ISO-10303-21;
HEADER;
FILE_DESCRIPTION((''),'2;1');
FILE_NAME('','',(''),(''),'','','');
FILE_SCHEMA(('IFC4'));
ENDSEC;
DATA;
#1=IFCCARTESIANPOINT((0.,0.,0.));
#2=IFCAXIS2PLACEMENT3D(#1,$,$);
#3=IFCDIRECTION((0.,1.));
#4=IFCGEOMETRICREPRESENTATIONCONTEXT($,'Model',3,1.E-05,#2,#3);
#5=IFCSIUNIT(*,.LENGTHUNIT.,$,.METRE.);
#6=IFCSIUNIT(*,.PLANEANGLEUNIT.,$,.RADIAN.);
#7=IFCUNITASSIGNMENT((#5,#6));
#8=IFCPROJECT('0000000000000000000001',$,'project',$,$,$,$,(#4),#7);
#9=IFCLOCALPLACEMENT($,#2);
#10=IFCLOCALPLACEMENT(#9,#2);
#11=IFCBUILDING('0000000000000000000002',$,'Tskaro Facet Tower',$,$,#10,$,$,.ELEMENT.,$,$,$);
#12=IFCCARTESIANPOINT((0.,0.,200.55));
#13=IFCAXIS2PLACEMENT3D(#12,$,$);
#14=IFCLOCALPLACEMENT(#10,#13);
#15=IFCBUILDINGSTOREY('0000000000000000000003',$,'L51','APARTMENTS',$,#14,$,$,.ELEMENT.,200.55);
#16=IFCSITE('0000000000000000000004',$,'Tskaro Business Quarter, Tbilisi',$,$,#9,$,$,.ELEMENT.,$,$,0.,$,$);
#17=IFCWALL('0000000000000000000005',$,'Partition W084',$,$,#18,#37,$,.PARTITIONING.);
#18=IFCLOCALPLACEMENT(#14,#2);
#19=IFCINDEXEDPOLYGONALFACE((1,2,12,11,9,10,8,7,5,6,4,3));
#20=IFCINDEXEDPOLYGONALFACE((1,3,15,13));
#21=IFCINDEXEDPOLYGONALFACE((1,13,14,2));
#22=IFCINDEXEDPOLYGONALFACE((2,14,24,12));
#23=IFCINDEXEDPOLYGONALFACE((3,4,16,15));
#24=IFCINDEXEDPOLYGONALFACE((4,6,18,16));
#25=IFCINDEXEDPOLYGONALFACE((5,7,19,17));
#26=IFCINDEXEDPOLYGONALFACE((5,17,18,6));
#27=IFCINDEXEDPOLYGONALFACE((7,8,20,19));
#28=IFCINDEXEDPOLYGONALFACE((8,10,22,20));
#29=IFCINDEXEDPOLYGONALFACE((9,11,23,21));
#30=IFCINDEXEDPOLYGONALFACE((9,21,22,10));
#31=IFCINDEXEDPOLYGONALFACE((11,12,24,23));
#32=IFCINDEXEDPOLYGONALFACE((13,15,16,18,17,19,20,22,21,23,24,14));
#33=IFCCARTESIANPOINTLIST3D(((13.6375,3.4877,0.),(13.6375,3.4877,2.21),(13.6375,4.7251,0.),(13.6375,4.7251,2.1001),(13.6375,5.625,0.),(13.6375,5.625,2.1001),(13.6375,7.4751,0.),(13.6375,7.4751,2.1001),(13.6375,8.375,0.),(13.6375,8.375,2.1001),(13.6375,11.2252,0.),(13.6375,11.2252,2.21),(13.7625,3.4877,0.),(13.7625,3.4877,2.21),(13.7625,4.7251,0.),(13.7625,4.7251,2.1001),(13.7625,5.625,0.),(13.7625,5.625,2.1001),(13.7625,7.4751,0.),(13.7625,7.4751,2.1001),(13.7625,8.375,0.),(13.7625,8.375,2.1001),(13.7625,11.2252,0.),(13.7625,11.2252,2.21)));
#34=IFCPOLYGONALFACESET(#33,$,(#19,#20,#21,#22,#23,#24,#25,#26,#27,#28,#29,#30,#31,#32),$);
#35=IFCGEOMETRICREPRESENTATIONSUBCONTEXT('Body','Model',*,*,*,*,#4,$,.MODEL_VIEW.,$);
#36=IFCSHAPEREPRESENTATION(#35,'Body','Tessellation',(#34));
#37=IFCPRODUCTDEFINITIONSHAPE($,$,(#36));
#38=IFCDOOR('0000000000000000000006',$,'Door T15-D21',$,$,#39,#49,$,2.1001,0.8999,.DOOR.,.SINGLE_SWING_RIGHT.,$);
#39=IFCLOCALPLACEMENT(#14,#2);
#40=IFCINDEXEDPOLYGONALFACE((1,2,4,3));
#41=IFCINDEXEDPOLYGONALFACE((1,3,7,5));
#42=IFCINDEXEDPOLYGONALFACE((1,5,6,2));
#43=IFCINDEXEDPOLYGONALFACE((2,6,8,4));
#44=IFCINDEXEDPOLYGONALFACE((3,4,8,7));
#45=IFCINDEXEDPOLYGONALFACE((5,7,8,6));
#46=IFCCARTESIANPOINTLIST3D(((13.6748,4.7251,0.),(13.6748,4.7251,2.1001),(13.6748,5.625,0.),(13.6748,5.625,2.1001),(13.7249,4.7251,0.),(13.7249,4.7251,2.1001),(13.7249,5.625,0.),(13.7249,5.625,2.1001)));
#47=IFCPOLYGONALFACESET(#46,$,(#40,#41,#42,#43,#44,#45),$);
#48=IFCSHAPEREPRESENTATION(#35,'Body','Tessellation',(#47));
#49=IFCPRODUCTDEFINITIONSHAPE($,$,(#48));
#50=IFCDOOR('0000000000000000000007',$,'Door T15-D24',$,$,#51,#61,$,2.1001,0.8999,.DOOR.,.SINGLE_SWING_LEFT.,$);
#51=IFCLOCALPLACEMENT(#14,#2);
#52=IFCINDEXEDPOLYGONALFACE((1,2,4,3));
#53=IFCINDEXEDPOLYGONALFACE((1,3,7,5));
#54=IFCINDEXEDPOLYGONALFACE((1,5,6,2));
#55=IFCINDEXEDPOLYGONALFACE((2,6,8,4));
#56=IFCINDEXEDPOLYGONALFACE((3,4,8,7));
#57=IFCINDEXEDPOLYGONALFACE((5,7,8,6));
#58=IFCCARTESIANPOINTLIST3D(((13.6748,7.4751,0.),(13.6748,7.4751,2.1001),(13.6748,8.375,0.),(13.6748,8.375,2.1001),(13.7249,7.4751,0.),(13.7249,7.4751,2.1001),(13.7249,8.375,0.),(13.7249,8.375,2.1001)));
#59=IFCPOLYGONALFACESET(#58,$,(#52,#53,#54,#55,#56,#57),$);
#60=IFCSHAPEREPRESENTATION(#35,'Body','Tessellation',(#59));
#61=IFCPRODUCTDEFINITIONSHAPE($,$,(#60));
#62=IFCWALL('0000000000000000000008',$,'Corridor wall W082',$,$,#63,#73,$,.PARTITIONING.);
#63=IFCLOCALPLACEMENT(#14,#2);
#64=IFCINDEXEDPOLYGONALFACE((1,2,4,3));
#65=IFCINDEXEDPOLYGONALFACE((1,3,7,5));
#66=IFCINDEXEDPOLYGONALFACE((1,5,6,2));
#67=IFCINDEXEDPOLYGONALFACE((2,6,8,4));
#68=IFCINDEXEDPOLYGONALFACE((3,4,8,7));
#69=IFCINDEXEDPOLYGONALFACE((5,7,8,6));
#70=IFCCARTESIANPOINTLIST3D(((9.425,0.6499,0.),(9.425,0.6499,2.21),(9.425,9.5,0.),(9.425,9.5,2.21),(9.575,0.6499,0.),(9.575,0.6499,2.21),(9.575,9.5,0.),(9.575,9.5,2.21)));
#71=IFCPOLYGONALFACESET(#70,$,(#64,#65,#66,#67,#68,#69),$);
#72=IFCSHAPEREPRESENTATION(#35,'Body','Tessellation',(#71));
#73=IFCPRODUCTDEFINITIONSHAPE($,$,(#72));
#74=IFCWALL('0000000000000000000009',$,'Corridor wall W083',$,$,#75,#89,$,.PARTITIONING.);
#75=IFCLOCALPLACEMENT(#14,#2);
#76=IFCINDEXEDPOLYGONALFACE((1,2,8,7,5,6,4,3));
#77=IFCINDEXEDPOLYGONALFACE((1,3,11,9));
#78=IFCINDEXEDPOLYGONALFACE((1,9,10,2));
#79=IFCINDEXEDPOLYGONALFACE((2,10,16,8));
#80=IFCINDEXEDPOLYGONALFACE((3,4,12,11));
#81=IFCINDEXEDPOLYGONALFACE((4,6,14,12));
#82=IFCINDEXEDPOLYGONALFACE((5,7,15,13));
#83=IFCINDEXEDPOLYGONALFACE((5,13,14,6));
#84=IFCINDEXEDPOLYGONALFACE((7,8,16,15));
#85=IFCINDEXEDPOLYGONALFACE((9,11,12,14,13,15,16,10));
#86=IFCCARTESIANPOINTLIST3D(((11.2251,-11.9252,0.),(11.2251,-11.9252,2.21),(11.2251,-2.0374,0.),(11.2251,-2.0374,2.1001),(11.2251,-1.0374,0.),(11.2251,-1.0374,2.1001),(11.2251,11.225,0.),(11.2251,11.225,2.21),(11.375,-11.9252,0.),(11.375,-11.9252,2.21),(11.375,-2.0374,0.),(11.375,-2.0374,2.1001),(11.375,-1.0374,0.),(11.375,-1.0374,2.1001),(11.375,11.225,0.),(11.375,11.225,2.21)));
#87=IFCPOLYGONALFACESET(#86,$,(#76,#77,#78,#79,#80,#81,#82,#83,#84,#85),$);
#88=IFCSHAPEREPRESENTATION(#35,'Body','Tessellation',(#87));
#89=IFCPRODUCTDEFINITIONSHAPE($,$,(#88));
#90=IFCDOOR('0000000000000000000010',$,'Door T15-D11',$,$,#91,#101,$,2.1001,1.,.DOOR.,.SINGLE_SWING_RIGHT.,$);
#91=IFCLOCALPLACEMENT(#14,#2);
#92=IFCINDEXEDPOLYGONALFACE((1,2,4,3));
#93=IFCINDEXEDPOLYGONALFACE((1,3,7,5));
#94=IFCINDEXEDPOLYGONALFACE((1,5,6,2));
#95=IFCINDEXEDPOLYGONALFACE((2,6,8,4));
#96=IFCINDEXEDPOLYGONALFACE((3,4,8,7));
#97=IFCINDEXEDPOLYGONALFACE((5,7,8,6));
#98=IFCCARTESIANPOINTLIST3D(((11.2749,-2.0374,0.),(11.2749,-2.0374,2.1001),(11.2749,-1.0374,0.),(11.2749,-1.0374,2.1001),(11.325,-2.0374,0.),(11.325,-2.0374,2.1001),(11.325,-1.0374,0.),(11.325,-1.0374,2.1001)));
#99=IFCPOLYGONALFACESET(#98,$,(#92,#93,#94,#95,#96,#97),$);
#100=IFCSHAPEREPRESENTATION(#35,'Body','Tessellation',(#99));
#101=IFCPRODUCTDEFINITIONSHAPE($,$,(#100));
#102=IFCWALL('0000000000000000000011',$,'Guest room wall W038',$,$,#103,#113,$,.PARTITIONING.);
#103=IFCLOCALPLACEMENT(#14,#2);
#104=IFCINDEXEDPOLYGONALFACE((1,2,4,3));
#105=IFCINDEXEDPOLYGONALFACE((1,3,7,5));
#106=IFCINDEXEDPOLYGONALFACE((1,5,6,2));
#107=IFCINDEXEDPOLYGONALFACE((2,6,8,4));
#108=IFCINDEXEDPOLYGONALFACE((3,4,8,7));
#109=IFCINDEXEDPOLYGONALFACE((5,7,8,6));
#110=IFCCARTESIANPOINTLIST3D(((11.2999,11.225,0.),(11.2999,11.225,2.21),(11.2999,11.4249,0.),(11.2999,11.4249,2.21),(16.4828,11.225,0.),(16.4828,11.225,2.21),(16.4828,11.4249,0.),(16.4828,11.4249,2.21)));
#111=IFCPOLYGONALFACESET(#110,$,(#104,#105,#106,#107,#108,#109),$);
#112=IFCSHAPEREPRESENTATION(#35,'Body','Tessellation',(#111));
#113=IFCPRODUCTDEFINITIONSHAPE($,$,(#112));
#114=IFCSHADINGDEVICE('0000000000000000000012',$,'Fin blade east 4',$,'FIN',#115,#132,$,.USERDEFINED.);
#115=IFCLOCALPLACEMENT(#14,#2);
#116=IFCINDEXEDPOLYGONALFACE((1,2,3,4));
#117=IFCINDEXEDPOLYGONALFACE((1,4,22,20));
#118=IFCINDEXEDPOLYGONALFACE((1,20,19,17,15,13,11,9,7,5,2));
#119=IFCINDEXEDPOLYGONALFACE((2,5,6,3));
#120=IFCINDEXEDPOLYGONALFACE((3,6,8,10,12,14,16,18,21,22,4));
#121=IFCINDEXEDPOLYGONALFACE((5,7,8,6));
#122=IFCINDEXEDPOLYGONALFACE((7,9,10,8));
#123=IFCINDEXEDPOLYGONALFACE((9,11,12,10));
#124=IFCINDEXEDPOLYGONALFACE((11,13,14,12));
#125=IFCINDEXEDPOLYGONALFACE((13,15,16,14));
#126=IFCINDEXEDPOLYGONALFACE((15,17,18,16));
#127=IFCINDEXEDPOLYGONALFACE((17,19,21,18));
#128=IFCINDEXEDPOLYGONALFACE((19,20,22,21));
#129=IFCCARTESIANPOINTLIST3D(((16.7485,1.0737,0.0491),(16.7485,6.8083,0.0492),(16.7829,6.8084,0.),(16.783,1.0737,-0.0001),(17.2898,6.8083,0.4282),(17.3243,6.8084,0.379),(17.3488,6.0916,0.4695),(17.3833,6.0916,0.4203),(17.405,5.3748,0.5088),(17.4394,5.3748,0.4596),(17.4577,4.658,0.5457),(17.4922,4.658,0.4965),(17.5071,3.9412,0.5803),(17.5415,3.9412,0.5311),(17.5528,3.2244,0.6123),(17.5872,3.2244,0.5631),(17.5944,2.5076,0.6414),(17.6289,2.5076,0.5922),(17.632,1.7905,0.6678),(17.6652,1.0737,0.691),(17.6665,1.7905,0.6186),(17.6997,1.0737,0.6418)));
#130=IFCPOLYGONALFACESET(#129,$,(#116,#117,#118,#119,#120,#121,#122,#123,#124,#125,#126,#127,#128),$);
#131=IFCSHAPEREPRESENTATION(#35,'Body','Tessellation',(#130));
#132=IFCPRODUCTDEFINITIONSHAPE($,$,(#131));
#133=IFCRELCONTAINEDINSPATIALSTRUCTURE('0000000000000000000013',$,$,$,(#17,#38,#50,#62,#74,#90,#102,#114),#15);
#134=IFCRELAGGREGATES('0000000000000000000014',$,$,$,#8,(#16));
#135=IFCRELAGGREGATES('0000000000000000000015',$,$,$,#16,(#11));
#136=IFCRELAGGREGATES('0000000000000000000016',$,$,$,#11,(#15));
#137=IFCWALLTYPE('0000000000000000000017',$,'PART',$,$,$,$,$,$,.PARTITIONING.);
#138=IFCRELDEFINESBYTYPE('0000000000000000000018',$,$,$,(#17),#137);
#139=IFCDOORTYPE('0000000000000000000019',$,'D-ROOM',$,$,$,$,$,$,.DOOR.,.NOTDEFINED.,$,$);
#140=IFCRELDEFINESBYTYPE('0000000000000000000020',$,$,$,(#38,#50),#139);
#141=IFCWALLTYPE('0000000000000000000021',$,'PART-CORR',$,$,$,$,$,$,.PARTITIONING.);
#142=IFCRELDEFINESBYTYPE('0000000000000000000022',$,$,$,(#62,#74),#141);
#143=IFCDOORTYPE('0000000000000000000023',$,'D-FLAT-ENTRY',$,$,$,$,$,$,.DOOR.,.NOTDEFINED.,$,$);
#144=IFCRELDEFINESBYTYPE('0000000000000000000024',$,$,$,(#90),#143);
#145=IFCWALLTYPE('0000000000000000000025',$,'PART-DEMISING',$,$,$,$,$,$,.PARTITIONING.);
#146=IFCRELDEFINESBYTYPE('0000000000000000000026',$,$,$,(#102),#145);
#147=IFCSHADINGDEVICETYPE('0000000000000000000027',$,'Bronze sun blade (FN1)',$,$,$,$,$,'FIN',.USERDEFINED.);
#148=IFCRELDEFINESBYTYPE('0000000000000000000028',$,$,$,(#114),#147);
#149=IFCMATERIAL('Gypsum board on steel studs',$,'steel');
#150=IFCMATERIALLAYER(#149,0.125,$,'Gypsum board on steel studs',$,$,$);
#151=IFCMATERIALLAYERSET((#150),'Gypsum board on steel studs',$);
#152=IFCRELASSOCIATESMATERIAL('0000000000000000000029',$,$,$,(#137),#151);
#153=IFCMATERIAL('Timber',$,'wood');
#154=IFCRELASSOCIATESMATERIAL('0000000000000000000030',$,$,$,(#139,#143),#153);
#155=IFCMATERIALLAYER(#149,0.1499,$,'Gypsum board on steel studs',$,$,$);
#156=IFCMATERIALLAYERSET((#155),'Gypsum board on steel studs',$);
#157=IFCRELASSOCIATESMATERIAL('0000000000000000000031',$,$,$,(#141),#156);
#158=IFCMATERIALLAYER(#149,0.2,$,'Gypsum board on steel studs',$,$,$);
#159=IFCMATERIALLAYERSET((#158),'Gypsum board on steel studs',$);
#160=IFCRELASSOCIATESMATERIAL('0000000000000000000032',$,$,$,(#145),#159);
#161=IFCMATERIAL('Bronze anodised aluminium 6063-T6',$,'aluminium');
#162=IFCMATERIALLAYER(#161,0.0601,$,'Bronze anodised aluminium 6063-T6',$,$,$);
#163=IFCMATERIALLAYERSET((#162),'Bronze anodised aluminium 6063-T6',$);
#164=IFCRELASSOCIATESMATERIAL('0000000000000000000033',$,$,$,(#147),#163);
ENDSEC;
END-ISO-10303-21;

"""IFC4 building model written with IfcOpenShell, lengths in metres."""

from ifc_helpers import new_model, si_unit, direction, frame, frame_2d, origin, place, context, subcontext, project, spatial, polyline, rectangle, outline, extrude, material, layer, layer_set, type_object, element, fill, save


model = new_model("IFC4")

# Units and contexts
model_context = context("Model", 3, precision=1e-05, world=origin(), true_north=direction((0.0, 1.0)))
body_context = subcontext(model_context, "Body", "Model", "MODEL_VIEW")
ifc_project = project(units=[si_unit("LENGTHUNIT", "METRE"), si_unit("PLANEANGLEUNIT", "RADIAN")], contexts=[model_context])

# Site, building, storey
site_placement = place(None, origin())
site = spatial("IfcSite", under=ifc_project, at=site_placement, Name="Tskaro Business Quarter, Tbilisi", CompositionType="ELEMENT", RefElevation=0.0)
building_placement = place(site_placement, origin())
building = spatial("IfcBuilding", under=site, at=building_placement, Name="Tskaro Facet Tower", CompositionType="ELEMENT")
storey_placement = place(building_placement, frame((0.0, 0.0, 200.55)))
storey = spatial("IfcBuildingStorey", under=building, at=storey_placement, Name="L51", Description="APARTMENTS", CompositionType="ELEMENT", Elevation=200.55)

# Shared definitions
ifc_material_1 = material(Name="Bronze anodised aluminium 6063-T6", Category="aluminium")

# Shared definitions
ifc_material_2 = material(Name="Gypsum board on steel studs", Category="steel")
ifc_layer_1 = layer(ifc_material_2, 0.125, Name="Gypsum board on steel studs")
ifc_layer_set_1 = layer_set([ifc_layer_1], Name="Gypsum board on steel studs")
wall_type_1 = type_object("IfcWallType", Name="PART", PredefinedType="PARTITIONING", material=ifc_layer_set_1)

# Shared definitions
ifc_material_3 = material(Name="Timber", Category="wood")
door_type_1 = type_object("IfcDoorType", Name="D-ROOM", OperationType="NOTDEFINED", PredefinedType="DOOR", material=ifc_material_3)

# Wall, openings, doors
wall_1_placement = place(storey_placement, frame((13.7, 11.2251, 0.0), z_axis=(0.0, 0.0, 1.0), x_axis=(0.0, -1.0, 0.0)))
wall_1 = element("IfcWall", 1, at=wall_1_placement, inside=storey, type_object=wall_type_1, Name="Partition W084", PredefinedType="PARTITIONING", context=body_context, shape_type="SweptSolid", body=[
    extrude(rectangle(XDim=7.7375, YDim=0.125, at=frame_2d((3.8687, 0.0))), origin(), (0.0, 0.0, 1.0), 2.21),
])
opening_1_placement = place(wall_1_placement, frame((5.6001, 0.0, 0.0)))
opening_1 = element("IfcOpeningElement", 2, at=opening_1_placement, cuts=wall_1, PredefinedType="OPENING", context=body_context, shape_type="SweptSolid", body=[
    extrude(rectangle(XDim=0.8999, YDim=2.1001, at=frame_2d((0.45, 1.05))), frame((0.0, 0.0725, 0.0), z_axis=(0.0, -1.0, 0.0), x_axis=(1.0, 0.0, 0.0)), (0.0, 0.0, 1.0), 0.145),
])
opening_2_placement = place(wall_1_placement, frame((2.8501, 0.0, 0.0)))
opening_2 = element("IfcOpeningElement", 3, at=opening_2_placement, cuts=wall_1, PredefinedType="OPENING", context=body_context, shape_type="SweptSolid", body=[
    extrude(rectangle(XDim=0.8999, YDim=2.1001, at=frame_2d((0.45, 1.05))), frame((0.0, 0.0725, 0.0), z_axis=(0.0, -1.0, 0.0), x_axis=(1.0, 0.0, 0.0)), (0.0, 0.0, 1.0), 0.145),
])
door_1_placement = place(opening_1_placement, origin())
door_1 = element("IfcDoor", 4, at=door_1_placement, inside=storey, type_object=door_type_1, Name="Door T15-D21", OperationType="SINGLE_SWING_RIGHT", OverallHeight=2.1001, OverallWidth=0.8999, PredefinedType="DOOR", context=body_context, shape_type="SweptSolid", body=[
    extrude(rectangle(XDim=0.8999, YDim=2.1001, at=frame_2d((0.45, 1.05))), frame((0.0, 0.0249, 0.0), z_axis=(0.0, -1.0, 0.0), x_axis=(1.0, 0.0, 0.0)), (0.0, 0.0, 1.0), 0.05),
])
fill(opening_1, door_1)
door_2_placement = place(opening_2_placement, origin())
door_2 = element("IfcDoor", 5, at=door_2_placement, inside=storey, type_object=door_type_1, Name="Door T15-D24", OperationType="SINGLE_SWING_LEFT", OverallHeight=2.1001, OverallWidth=0.8999, PredefinedType="DOOR", context=body_context, shape_type="SweptSolid", body=[
    extrude(rectangle(XDim=0.8999, YDim=2.1001, at=frame_2d((0.45, 1.05))), frame((0.0, 0.0249, 0.0), z_axis=(0.0, -1.0, 0.0), x_axis=(1.0, 0.0, 0.0)), (0.0, 0.0, 1.0), 0.05),
])
fill(opening_2, door_2)

# Wall
ifc_layer_2 = layer(ifc_material_2, 0.1499, Name="Gypsum board on steel studs")
ifc_layer_set_2 = layer_set([ifc_layer_2], Name="Gypsum board on steel studs")
wall_type_2 = type_object("IfcWallType", Name="PART-CORR", PredefinedType="PARTITIONING", material=ifc_layer_set_2)
wall_2_placement = place(storey_placement, frame((9.5, 0.6499, 0.0), z_axis=(0.0, 0.0, 1.0), x_axis=(0.0, 1.0, 0.0)))
element("IfcWall", 6, at=wall_2_placement, inside=storey, type_object=wall_type_2, Name="Corridor wall W082", PredefinedType="PARTITIONING", context=body_context, shape_type="SweptSolid", body=[
    extrude(rectangle(XDim=8.8501, YDim=0.1499, at=frame_2d((4.425, 0.0))), origin(), (0.0, 0.0, 1.0), 2.21),
])

# Wall, opening, door
wall_3_placement = place(storey_placement, frame((11.3, 11.2251, 0.0), z_axis=(0.0, 0.0, 1.0), x_axis=(0.0, -1.0, 0.0)))
wall_3 = element("IfcWall", 7, at=wall_3_placement, inside=storey, type_object=wall_type_2, Name="Corridor wall W083", PredefinedType="PARTITIONING", context=body_context, shape_type="SweptSolid", body=[
    extrude(rectangle(XDim=23.1501, YDim=0.1499, at=frame_2d((11.5752, 0.0))), origin(), (0.0, 0.0, 1.0), 2.21),
])
opening_3_placement = place(wall_3_placement, frame((12.2625, 0.0, 0.0)))
opening_3 = element("IfcOpeningElement", 8, at=opening_3_placement, cuts=wall_3, PredefinedType="OPENING", context=body_context, shape_type="SweptSolid", body=[
    extrude(rectangle(XDim=1.0, YDim=2.1001, at=frame_2d((0.5, 1.05))), frame((0.0, 0.085, 0.0), z_axis=(0.0, -1.0, 0.0), x_axis=(1.0, 0.0, 0.0)), (0.0, 0.0, 1.0), 0.1699),
])
door_type_2 = type_object("IfcDoorType", Name="D-FLAT-ENTRY", OperationType="NOTDEFINED", PredefinedType="DOOR", material=ifc_material_3)
door_3_placement = place(opening_3_placement, origin())
door_3 = element("IfcDoor", 9, at=door_3_placement, inside=storey, type_object=door_type_2, Name="Door T15-D11", OperationType="SINGLE_SWING_RIGHT", OverallHeight=2.1001, OverallWidth=1.0, PredefinedType="DOOR", context=body_context, shape_type="SweptSolid", body=[
    extrude(rectangle(XDim=1.0, YDim=2.1001, at=frame_2d((0.5, 1.05))), frame((0.0, 0.0249, 0.0), z_axis=(0.0, -1.0, 0.0), x_axis=(1.0, 0.0, 0.0)), (0.0, 0.0, 1.0), 0.05),
])
fill(opening_3, door_3)

# Wall
ifc_layer_3 = layer(ifc_material_2, 0.2, Name="Gypsum board on steel studs")
ifc_layer_set_3 = layer_set([ifc_layer_3], Name="Gypsum board on steel studs")
wall_type_3 = type_object("IfcWallType", Name="PART-DEMISING", PredefinedType="PARTITIONING", material=ifc_layer_set_3)
wall_4_placement = place(storey_placement, frame((11.3, 11.325, 0.0), z_axis=(0.0, 0.0, 1.0), x_axis=(1.0, 0.0, 0.0)))
element("IfcWall", 10, at=wall_4_placement, inside=storey, type_object=wall_type_3, Name="Guest room wall W038", PredefinedType="PARTITIONING", context=body_context, shape_type="SweptSolid", body=[
    extrude(rectangle(XDim=5.1829, YDim=0.2, at=frame_2d((2.5913, 0.0))), origin(), (0.0, 0.0, 1.0), 2.21),
])

# Shading device
ifc_layer_4 = layer(ifc_material_1, 0.0601, Name="Bronze anodised aluminium 6063-T6")
ifc_layer_set_4 = layer_set([ifc_layer_4], Name="Bronze anodised aluminium 6063-T6")
shading_device_type = type_object("IfcShadingDeviceType", Name="Bronze sun blade (FN1)", ElementType="FIN", PredefinedType="USERDEFINED", material=ifc_layer_set_4)
shading_device_1_placement = place(storey_placement, frame((16.7485, 1.0737, 0.0491), z_axis=(-0.573601, -0.000017, 0.819135), x_axis=(-0.00001, 1.0, 0.000014)))
element("IfcShadingDevice", 11, at=shading_device_1_placement, inside=storey, type_object=shading_device_type, Name="Fin blade east 4", ObjectType="FIN", PredefinedType="USERDEFINED", context=body_context, shape_type="SweptSolid", body=[
    extrude(outline(polyline([(0.0, 0.0), (5.7346, 0.0), (5.7346, -0.6608), (5.0178, -0.7329), (4.301, -0.8015), (3.5842, -0.8658), (2.8674, -0.9261), (2.1506, -0.9818), (1.4338, -1.0327), (0.7168, -1.0786), (0.0, -1.1191), (0.0, 0.0)])), origin(), (0.0, 0.0, -1.0), 0.0601),
])

save(model, "model.ifc")
